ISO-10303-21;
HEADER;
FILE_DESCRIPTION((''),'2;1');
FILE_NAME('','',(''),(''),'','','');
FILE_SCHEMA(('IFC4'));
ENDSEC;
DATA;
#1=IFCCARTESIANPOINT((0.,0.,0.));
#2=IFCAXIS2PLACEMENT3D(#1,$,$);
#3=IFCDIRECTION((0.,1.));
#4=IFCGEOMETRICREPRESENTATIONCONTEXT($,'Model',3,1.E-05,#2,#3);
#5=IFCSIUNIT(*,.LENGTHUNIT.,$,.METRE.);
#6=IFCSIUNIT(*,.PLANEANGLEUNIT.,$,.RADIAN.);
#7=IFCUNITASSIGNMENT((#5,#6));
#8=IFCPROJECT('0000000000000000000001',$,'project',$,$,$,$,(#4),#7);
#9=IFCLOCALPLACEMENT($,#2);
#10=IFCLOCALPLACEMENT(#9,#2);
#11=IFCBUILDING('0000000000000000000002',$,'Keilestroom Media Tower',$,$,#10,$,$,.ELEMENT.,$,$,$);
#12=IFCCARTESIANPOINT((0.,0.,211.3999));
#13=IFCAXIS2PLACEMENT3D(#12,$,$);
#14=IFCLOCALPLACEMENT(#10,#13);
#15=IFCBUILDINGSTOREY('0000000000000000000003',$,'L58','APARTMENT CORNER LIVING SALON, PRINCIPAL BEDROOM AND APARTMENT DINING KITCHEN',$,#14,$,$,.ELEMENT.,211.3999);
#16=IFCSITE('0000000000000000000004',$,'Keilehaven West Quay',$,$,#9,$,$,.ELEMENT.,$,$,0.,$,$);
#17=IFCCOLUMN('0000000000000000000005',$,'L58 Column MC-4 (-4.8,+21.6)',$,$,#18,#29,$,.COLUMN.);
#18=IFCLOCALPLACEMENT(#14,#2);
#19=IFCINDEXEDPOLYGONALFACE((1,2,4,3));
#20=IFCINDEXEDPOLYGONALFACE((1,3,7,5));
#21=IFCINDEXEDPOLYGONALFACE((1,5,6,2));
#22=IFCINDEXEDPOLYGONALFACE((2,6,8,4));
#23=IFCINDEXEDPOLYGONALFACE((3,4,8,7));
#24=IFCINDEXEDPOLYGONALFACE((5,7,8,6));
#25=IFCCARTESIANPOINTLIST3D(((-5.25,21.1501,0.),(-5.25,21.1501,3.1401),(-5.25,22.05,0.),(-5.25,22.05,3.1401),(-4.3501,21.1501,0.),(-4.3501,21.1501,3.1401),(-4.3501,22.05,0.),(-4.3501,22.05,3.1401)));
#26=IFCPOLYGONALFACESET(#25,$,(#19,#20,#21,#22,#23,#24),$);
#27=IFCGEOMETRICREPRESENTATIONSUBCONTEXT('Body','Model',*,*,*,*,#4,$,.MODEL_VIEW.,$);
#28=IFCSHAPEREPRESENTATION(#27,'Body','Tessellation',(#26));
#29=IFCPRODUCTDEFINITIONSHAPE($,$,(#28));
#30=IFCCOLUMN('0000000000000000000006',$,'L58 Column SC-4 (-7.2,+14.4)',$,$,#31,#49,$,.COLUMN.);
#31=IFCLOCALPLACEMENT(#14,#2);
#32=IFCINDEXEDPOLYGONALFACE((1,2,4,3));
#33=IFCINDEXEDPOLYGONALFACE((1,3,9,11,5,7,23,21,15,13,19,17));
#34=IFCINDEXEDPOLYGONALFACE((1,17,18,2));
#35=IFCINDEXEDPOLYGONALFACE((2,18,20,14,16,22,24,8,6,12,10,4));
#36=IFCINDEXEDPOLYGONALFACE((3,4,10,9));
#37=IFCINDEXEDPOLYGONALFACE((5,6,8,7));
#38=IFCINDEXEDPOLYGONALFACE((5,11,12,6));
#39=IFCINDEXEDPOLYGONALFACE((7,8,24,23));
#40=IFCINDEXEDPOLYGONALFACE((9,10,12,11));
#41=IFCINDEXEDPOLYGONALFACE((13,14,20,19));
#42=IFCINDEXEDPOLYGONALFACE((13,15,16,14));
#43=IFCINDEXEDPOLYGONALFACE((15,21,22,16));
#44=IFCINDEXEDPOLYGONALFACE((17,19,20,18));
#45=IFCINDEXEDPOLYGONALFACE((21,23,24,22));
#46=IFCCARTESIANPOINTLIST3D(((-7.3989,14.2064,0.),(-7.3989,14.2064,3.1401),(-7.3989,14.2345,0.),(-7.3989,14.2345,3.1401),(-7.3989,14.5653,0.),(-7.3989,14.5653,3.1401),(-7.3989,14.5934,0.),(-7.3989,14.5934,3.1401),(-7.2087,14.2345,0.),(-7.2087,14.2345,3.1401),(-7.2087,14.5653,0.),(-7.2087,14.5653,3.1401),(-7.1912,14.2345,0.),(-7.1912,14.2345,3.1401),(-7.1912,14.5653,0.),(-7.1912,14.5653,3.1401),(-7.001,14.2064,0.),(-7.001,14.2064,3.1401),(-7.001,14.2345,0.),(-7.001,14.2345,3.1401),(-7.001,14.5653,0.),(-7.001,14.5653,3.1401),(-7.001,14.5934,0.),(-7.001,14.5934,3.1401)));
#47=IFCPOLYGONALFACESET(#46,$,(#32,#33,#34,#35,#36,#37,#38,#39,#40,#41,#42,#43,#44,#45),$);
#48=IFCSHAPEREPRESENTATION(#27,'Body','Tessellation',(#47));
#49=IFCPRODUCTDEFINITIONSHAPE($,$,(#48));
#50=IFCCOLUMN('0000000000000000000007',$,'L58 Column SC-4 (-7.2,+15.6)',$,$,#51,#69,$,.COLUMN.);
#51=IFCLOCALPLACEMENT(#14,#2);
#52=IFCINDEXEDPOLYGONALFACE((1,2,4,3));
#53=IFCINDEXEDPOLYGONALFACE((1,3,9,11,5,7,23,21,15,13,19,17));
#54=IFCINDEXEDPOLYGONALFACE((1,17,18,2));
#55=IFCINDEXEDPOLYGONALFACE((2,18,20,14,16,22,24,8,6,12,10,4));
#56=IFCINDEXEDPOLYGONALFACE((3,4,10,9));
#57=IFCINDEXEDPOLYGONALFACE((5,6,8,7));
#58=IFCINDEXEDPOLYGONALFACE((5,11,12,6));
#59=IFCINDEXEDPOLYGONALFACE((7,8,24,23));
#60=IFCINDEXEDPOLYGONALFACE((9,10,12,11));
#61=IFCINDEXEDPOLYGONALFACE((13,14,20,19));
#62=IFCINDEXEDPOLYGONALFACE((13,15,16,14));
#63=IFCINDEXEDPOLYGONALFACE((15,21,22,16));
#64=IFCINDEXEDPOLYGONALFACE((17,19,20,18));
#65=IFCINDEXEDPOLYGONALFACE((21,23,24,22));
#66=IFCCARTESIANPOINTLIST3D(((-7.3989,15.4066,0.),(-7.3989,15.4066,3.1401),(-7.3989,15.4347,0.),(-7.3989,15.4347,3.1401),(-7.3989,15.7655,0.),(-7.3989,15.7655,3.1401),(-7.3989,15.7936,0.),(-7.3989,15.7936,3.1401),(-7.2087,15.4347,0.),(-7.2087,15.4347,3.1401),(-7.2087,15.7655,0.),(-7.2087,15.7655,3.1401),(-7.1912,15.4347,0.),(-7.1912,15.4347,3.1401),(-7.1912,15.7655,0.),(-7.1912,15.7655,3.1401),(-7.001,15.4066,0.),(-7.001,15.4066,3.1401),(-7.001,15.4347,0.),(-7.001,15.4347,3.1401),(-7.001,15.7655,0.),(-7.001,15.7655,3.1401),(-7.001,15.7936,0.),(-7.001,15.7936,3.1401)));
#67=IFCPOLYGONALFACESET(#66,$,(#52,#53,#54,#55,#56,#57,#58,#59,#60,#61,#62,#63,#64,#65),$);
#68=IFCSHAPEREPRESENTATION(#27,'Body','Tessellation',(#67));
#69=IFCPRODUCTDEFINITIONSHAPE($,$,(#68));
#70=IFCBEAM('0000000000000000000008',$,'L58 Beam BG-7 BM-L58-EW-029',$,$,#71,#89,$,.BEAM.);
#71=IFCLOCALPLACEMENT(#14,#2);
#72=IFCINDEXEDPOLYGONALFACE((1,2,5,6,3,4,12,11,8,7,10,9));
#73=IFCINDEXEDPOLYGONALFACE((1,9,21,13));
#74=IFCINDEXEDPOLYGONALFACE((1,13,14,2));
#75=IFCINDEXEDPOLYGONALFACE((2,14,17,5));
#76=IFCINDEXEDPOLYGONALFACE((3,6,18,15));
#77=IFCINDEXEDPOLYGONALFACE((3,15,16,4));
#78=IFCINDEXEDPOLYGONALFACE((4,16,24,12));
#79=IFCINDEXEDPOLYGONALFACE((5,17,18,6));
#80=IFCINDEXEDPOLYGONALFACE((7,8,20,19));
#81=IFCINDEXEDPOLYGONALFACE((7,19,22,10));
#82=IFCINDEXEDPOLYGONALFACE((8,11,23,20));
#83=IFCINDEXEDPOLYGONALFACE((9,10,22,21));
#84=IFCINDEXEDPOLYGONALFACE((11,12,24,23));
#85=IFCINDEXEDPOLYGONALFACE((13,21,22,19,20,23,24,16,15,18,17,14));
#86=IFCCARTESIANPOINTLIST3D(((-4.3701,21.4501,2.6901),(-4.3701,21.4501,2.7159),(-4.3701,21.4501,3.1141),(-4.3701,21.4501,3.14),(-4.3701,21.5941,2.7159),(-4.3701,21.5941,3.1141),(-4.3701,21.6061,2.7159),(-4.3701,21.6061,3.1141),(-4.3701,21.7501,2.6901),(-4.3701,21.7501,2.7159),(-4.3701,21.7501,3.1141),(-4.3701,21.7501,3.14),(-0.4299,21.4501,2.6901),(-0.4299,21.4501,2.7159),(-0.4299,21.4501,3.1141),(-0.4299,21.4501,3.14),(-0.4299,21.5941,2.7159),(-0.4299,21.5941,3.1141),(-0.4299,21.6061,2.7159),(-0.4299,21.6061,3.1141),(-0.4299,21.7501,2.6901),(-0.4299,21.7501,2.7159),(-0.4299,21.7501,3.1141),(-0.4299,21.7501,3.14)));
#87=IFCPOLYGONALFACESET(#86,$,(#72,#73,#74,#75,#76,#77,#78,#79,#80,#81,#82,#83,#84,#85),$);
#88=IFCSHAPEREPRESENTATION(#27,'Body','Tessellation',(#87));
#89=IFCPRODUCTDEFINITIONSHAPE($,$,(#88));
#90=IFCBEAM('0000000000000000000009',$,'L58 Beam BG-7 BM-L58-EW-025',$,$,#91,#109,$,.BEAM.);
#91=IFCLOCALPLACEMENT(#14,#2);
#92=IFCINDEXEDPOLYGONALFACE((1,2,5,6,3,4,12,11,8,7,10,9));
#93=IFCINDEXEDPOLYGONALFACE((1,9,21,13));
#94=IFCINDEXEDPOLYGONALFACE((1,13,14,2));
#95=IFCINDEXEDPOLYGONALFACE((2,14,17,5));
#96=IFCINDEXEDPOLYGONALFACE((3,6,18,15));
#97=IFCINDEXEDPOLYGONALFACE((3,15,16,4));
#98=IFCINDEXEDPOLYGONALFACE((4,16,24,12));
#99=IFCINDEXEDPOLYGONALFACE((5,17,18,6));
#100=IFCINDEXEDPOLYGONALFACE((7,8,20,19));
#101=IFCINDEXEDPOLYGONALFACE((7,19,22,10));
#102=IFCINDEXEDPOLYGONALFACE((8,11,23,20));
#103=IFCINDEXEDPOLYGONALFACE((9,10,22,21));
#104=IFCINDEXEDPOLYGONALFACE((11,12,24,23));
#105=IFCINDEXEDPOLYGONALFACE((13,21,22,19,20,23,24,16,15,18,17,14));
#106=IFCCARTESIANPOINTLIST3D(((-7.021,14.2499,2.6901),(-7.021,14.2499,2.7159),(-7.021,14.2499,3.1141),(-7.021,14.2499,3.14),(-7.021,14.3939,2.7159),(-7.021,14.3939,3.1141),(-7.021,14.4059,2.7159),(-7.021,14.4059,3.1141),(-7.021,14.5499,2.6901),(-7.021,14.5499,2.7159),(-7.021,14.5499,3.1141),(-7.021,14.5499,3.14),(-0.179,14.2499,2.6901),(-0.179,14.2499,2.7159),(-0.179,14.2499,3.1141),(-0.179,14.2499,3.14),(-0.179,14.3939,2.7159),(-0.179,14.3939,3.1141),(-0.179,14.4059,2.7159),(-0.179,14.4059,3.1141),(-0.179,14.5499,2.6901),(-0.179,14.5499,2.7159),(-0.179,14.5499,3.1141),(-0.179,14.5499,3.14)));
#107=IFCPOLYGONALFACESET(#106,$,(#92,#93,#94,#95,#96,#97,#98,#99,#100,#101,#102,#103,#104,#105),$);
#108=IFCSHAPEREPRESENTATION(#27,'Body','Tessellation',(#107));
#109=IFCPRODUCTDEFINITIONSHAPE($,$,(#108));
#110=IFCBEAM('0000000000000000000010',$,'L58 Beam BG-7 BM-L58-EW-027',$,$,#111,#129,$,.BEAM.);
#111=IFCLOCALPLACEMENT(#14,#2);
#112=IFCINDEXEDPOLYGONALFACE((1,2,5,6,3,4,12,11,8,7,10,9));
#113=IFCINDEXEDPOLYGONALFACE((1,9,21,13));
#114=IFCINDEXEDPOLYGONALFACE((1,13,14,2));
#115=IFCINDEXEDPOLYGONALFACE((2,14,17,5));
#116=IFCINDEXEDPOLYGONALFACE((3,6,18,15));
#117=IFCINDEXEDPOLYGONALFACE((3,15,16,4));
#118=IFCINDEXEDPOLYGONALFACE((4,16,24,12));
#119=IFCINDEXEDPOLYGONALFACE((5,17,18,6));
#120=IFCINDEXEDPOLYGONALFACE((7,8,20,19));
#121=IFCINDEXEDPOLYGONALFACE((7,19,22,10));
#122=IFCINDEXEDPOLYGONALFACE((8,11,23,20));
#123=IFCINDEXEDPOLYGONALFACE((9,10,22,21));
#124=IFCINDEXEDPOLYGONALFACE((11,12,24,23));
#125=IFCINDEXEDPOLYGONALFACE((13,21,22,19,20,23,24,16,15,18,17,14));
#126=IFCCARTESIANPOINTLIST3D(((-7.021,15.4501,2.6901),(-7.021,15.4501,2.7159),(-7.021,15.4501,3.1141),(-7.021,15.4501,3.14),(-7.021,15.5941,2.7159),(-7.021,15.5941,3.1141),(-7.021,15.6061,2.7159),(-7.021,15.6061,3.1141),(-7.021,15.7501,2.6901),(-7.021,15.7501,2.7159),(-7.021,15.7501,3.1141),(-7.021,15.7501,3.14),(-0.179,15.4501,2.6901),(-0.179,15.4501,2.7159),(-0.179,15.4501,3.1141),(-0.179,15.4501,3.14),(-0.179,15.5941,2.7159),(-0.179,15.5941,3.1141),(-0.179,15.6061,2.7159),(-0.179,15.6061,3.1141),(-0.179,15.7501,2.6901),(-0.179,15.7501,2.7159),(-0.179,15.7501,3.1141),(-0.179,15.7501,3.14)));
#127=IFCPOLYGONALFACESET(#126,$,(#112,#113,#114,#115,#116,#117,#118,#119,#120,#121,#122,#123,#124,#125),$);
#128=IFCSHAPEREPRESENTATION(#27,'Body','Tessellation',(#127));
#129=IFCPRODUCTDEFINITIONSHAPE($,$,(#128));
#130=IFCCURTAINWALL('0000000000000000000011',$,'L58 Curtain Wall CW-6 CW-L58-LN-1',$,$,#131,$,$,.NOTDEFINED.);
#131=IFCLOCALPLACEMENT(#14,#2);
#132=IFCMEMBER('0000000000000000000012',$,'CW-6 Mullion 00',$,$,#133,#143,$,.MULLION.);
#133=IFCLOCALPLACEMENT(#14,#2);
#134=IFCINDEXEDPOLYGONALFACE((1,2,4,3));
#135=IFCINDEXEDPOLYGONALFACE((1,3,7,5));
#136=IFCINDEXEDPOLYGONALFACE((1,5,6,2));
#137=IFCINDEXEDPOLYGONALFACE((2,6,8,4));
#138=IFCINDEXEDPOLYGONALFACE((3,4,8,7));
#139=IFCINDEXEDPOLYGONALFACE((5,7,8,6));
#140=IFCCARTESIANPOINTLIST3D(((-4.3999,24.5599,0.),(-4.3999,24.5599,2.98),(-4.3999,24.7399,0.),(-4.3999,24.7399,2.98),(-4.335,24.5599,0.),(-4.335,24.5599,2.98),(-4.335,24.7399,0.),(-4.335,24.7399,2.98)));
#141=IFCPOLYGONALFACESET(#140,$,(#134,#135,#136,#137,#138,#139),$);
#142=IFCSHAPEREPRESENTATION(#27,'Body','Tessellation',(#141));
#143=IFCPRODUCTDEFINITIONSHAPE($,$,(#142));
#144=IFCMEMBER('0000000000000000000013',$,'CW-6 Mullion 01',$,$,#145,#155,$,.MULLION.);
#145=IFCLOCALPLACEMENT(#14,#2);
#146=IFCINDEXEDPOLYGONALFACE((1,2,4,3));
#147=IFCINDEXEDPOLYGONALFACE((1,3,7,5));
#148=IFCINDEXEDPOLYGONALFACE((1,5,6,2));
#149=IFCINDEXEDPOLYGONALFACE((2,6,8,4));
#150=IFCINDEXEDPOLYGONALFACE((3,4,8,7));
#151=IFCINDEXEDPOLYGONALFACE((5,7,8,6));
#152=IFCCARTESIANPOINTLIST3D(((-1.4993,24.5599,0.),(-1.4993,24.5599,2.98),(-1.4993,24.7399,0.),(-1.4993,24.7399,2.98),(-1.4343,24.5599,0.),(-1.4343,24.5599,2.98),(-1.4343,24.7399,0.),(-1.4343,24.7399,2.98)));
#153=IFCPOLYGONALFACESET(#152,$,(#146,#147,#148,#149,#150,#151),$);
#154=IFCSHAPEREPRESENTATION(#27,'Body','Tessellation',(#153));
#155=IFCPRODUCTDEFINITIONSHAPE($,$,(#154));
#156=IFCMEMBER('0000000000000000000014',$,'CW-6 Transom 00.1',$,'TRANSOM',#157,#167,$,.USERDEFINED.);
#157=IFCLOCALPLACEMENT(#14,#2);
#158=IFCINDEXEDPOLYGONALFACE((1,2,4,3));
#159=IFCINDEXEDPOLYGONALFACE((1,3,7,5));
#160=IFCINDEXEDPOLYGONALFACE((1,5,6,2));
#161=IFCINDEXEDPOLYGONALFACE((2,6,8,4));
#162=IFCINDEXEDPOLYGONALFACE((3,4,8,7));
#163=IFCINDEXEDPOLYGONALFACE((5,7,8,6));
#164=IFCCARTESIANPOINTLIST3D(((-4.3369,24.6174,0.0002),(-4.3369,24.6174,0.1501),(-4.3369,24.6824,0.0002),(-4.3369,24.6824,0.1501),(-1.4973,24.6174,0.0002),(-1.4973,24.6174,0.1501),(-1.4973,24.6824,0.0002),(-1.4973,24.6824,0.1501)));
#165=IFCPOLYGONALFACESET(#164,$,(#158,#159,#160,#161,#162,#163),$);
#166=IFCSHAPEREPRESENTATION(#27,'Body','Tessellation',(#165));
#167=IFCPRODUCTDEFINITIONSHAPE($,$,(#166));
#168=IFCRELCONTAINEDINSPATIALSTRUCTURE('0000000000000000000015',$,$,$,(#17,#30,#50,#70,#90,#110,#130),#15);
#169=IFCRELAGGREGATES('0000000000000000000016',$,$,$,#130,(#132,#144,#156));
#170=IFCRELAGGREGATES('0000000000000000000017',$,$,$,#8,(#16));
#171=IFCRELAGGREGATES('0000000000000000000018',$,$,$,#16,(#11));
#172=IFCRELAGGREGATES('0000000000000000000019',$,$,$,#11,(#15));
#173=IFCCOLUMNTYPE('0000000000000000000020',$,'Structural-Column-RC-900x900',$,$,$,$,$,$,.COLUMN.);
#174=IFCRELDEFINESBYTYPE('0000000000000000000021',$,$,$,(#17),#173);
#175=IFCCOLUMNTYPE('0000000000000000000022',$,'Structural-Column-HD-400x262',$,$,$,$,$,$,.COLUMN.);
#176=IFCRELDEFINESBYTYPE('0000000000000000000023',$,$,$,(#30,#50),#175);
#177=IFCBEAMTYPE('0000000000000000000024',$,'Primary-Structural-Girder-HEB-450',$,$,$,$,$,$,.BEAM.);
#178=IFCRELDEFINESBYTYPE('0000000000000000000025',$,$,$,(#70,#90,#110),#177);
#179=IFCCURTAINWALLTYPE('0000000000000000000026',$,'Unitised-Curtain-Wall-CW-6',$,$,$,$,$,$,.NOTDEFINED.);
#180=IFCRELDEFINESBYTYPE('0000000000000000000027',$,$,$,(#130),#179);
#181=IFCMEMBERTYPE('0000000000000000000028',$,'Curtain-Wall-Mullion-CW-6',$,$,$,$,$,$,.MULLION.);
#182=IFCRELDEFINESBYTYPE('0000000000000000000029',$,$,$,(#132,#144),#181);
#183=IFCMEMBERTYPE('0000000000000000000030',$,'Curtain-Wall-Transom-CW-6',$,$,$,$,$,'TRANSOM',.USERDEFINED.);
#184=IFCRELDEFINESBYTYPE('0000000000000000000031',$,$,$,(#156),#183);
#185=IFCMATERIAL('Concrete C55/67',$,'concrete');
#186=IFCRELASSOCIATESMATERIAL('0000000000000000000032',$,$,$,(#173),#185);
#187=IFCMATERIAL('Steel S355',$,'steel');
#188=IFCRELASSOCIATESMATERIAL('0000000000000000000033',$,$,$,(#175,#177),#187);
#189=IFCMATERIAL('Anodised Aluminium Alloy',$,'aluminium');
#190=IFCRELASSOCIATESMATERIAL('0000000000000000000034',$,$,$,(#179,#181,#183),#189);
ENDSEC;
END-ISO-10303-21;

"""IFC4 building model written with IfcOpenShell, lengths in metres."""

from ifc_helpers import new_model, si_unit, direction, frame, origin, origin_2d, place, context, subcontext, project, spatial, rectangle, i_section, extrude, source, transform, mapped, material, material_profile, profile_set, type_object, element, aggregate, save


model = new_model("IFC4")

# Units and contexts
model_context = context("Model", 3, precision=1e-05, world=origin(), true_north=direction((0.0, 1.0)))
body_context = subcontext(model_context, "Body", "Model", "MODEL_VIEW")
ifc_project = project(units=[si_unit("LENGTHUNIT", "METRE"), si_unit("PLANEANGLEUNIT", "RADIAN")], contexts=[model_context])

# Site, building, storey
site_placement = place(None, origin())
site = spatial("IfcSite", under=ifc_project, at=site_placement, Name="Keilehaven West Quay", CompositionType="ELEMENT", RefElevation=0.0)
building_placement = place(site_placement, origin())
building = spatial("IfcBuilding", under=site, at=building_placement, Name="Keilestroom Media Tower", CompositionType="ELEMENT")
storey_placement = place(building_placement, frame((0.0, 0.0, 211.3999)))
storey = spatial("IfcBuildingStorey", under=building, at=storey_placement, Name="L58", Description="APARTMENT CORNER LIVING SALON, PRINCIPAL BEDROOM AND APARTMENT DINING KITCHEN", CompositionType="ELEMENT", Elevation=211.3999)

# Columns
ifc_material_1 = material(Name="Concrete C55/67", Category="concrete")
ifc_material_profile_1 = material_profile(ifc_material_1, rectangle(XDim=0.8999, YDim=0.8999, at=origin_2d()), Name="RC 900x900")
ifc_profile_set_1 = profile_set([ifc_material_profile_1], Name="Concrete C55/67")
column_type_1 = type_object("IfcColumnType", Name="Structural-Column-RC-900x900", PredefinedType="COLUMN", material=ifc_profile_set_1)
shared_shape_1 = source(origin(), body_context, "Body", "SweptSolid", [
    extrude(rectangle(XDim=0.8999, YDim=0.8999, at=origin_2d()), origin(), (0.0, 0.0, 1.0), 3.1401),
])
column_placement = place(storey_placement, frame((-4.8, 21.6001, 0.0), z_axis=(0.0, 0.0, 1.0), x_axis=(1.0, 0.0, 0.0)))
element("IfcColumn", 1, at=column_placement, inside=storey, type_object=column_type_1, Name="L58 Column MC-4 (-4.8,+21.6)", PredefinedType="COLUMN", context=body_context, shape_type="MappedRepresentation", body=[
    mapped(shared_shape_1, transform((0.0, 0.0, 0.0), x_axis=(1.0, 0.0, 0.0), y_axis=(0.0, 1.0, 0.0), z_axis=(0.0, 0.0, 1.0), scale=1.0)),
])
ifc_material_2 = material(Name="Steel S355", Category="steel")
ifc_material_profile_2 = material_profile(ifc_material_2, i_section(OverallWidth=0.3979, OverallDepth=0.387, WebThickness=0.0176, FlangeThickness=0.0281, at=origin_2d()), Name="HD 400x262")
ifc_profile_set_2 = profile_set([ifc_material_profile_2], Name="Steel S355")
column_type_2 = type_object("IfcColumnType", Name="Structural-Column-HD-400x262", PredefinedType="COLUMN", material=ifc_profile_set_2)
shared_shape_2 = source(origin(), body_context, "Body", "SweptSolid", [
    extrude(i_section(OverallWidth=0.3979, OverallDepth=0.387, WebThickness=0.0176, FlangeThickness=0.0281, at=origin_2d()), origin(), (0.0, 0.0, 1.0), 3.1401),
])
for number, where, z_axis, x_axis, name in (
    (2, (-7.2, 14.3999, 0.0), (0.0, 0.0, 1.0), (1.0, 0.0, 0.0), "L58 Column SC-4 (-7.2,+14.4)"),
    (3, (-7.2, 15.6001, 0.0), (0.0, 0.0, 1.0), (1.0, 0.0, 0.0), "L58 Column SC-4 (-7.2,+15.6)"),
):
    element("IfcColumn", number, at=place(storey_placement, frame(where, z_axis=z_axis, x_axis=x_axis)), inside=storey, type_object=column_type_2, Name=name, PredefinedType="COLUMN", context=body_context, shape_type="MappedRepresentation", body=[
        mapped(shared_shape_2, transform((0.0, 0.0, 0.0), x_axis=(1.0, 0.0, 0.0), y_axis=(0.0, 1.0, 0.0), z_axis=(0.0, 0.0, 1.0), scale=1.0)),
    ])

# Beams
ifc_material_profile_3 = material_profile(ifc_material_2, i_section(OverallWidth=0.3, OverallDepth=0.45, WebThickness=0.012, FlangeThickness=0.0259, at=origin_2d()), Name="HEB 450")
ifc_profile_set_3 = profile_set([ifc_material_profile_3], Name="Steel S355")
beam_type = type_object("IfcBeamType", Name="Primary-Structural-Girder-HEB-450", PredefinedType="BEAM", material=ifc_profile_set_3)
shared_shape_3 = source(origin(), body_context, "Body", "SweptSolid", [
    extrude(i_section(OverallWidth=0.3, OverallDepth=0.45, WebThickness=0.012, FlangeThickness=0.0259, at=origin_2d()), origin(), (0.0, 0.0, 1.0), 3.9402),
])
beam_placement = place(storey_placement, frame((-4.3701, 21.6001, 2.915), z_axis=(1.0, 0.0, 0.0), x_axis=(0.0, 1.0, 0.0)))
element("IfcBeam", 4, at=beam_placement, inside=storey, type_object=beam_type, Name="L58 Beam BG-7 BM-L58-EW-029", PredefinedType="BEAM", context=body_context, shape_type="MappedRepresentation", body=[
    mapped(shared_shape_3, transform((0.0, 0.0, 0.0), x_axis=(1.0, 0.0, 0.0), y_axis=(0.0, 1.0, 0.0), z_axis=(0.0, 0.0, 1.0), scale=1.0)),
])
shared_shape_4 = source(origin(), body_context, "Body", "SweptSolid", [
    extrude(i_section(OverallWidth=0.3, OverallDepth=0.45, WebThickness=0.012, FlangeThickness=0.0259, at=origin_2d()), origin(), (0.0, 0.0, 1.0), 6.842),
])
for number, where, z_axis, x_axis, name in (
    (5, (-7.021, 14.3999, 2.915), (1.0, 0.0, 0.0), (0.0, 1.0, 0.0), "L58 Beam BG-7 BM-L58-EW-025"),
    (6, (-7.021, 15.6001, 2.915), (1.0, 0.0, 0.0), (0.0, 1.0, 0.0), "L58 Beam BG-7 BM-L58-EW-027"),
):
    element("IfcBeam", number, at=place(storey_placement, frame(where, z_axis=z_axis, x_axis=x_axis)), inside=storey, type_object=beam_type, Name=name, PredefinedType="BEAM", context=body_context, shape_type="MappedRepresentation", body=[
        mapped(shared_shape_4, transform((0.0, 0.0, 0.0), x_axis=(1.0, 0.0, 0.0), y_axis=(0.0, 1.0, 0.0), z_axis=(0.0, 0.0, 1.0), scale=1.0)),
    ])

# Curtain wall, members
ifc_material_3 = material(Name="Anodised Aluminium Alloy", Category="aluminium")
curtain_wall_type = type_object("IfcCurtainWallType", Name="Unitised-Curtain-Wall-CW-6", PredefinedType="NOTDEFINED", material=ifc_material_3)
curtain_wall_placement = place(storey_placement, origin())
curtain_wall = element("IfcCurtainWall", 7, at=curtain_wall_placement, inside=storey, type_object=curtain_wall_type, Name="L58 Curtain Wall CW-6 CW-L58-LN-1", PredefinedType="NOTDEFINED")
ifc_material_profile_4 = material_profile(ifc_material_3, rectangle(XDim=0.0649, YDim=0.1799, at=origin_2d()), Name="ALU MULLION 65x180")
ifc_profile_set_4 = profile_set([ifc_material_profile_4], Name="Anodised Aluminium Alloy")
member_type_1 = type_object("IfcMemberType", Name="Curtain-Wall-Mullion-CW-6", PredefinedType="MULLION", material=ifc_profile_set_4)
shared_shape_5 = source(origin(), body_context, "Body", "SweptSolid", [
    extrude(rectangle(XDim=0.0649, YDim=0.1799, at=origin_2d()), origin(), (0.0, 0.0, 1.0), 2.98),
])
member_1_placement = place(storey_placement, frame((-4.3674, 24.6499, 0.0), z_axis=(0.0, 0.0, 1.0), x_axis=(1.0, 0.0, 0.0)))
member_1 = element("IfcMember", 8, at=member_1_placement, type_object=member_type_1, Name="CW-6 Mullion 00", PredefinedType="MULLION", context=body_context, shape_type="MappedRepresentation", body=[
    mapped(shared_shape_5, transform((0.0, 0.0, 0.0), x_axis=(1.0, 0.0, 0.0), y_axis=(0.0, 1.0, 0.0), z_axis=(0.0, 0.0, 1.0), scale=1.0)),
])
member_2_placement = place(storey_placement, frame((-1.4668, 24.6499, 0.0), z_axis=(0.0, 0.0, 1.0), x_axis=(1.0, 0.0, 0.0)))
member_2 = element("IfcMember", 9, at=member_2_placement, type_object=member_type_1, Name="CW-6 Mullion 01", PredefinedType="MULLION", context=body_context, shape_type="MappedRepresentation", body=[
    mapped(shared_shape_5, transform((0.0, 0.0, 0.0), x_axis=(1.0, 0.0, 0.0), y_axis=(0.0, 1.0, 0.0), z_axis=(0.0, 0.0, 1.0), scale=1.0)),
])
ifc_material_profile_5 = material_profile(ifc_material_3, rectangle(XDim=0.0649, YDim=0.1499, at=origin_2d()), Name="ALU TRANSOM 65x150")
ifc_profile_set_5 = profile_set([ifc_material_profile_5], Name="Anodised Aluminium Alloy")
member_type_2 = type_object("IfcMemberType", Name="Curtain-Wall-Transom-CW-6", ElementType="TRANSOM", PredefinedType="USERDEFINED", material=ifc_profile_set_5)
shared_shape_6 = source(origin(), body_context, "Body", "SweptSolid", [
    extrude(rectangle(XDim=0.0649, YDim=0.1499, at=origin_2d()), origin(), (0.0, 0.0, 1.0), 2.8396),
])
member_3_placement = place(storey_placement, frame((-4.3369, 24.6499, 0.0752), z_axis=(1.0, 0.0, 0.0), x_axis=(0.0, 1.0, 0.0)))
member_3 = element("IfcMember", 10, at=member_3_placement, type_object=member_type_2, Name="CW-6 Transom 00.1", ObjectType="TRANSOM", PredefinedType="USERDEFINED", context=body_context, shape_type="MappedRepresentation", body=[
    mapped(shared_shape_6, transform((0.0, 0.0, 0.0), x_axis=(1.0, 0.0, 0.0), y_axis=(0.0, 1.0, 0.0), z_axis=(0.0, 0.0, 1.0), scale=1.0)),
])
aggregate(curtain_wall, [member_1, member_2, member_3])

save(model, "model.ifc")
